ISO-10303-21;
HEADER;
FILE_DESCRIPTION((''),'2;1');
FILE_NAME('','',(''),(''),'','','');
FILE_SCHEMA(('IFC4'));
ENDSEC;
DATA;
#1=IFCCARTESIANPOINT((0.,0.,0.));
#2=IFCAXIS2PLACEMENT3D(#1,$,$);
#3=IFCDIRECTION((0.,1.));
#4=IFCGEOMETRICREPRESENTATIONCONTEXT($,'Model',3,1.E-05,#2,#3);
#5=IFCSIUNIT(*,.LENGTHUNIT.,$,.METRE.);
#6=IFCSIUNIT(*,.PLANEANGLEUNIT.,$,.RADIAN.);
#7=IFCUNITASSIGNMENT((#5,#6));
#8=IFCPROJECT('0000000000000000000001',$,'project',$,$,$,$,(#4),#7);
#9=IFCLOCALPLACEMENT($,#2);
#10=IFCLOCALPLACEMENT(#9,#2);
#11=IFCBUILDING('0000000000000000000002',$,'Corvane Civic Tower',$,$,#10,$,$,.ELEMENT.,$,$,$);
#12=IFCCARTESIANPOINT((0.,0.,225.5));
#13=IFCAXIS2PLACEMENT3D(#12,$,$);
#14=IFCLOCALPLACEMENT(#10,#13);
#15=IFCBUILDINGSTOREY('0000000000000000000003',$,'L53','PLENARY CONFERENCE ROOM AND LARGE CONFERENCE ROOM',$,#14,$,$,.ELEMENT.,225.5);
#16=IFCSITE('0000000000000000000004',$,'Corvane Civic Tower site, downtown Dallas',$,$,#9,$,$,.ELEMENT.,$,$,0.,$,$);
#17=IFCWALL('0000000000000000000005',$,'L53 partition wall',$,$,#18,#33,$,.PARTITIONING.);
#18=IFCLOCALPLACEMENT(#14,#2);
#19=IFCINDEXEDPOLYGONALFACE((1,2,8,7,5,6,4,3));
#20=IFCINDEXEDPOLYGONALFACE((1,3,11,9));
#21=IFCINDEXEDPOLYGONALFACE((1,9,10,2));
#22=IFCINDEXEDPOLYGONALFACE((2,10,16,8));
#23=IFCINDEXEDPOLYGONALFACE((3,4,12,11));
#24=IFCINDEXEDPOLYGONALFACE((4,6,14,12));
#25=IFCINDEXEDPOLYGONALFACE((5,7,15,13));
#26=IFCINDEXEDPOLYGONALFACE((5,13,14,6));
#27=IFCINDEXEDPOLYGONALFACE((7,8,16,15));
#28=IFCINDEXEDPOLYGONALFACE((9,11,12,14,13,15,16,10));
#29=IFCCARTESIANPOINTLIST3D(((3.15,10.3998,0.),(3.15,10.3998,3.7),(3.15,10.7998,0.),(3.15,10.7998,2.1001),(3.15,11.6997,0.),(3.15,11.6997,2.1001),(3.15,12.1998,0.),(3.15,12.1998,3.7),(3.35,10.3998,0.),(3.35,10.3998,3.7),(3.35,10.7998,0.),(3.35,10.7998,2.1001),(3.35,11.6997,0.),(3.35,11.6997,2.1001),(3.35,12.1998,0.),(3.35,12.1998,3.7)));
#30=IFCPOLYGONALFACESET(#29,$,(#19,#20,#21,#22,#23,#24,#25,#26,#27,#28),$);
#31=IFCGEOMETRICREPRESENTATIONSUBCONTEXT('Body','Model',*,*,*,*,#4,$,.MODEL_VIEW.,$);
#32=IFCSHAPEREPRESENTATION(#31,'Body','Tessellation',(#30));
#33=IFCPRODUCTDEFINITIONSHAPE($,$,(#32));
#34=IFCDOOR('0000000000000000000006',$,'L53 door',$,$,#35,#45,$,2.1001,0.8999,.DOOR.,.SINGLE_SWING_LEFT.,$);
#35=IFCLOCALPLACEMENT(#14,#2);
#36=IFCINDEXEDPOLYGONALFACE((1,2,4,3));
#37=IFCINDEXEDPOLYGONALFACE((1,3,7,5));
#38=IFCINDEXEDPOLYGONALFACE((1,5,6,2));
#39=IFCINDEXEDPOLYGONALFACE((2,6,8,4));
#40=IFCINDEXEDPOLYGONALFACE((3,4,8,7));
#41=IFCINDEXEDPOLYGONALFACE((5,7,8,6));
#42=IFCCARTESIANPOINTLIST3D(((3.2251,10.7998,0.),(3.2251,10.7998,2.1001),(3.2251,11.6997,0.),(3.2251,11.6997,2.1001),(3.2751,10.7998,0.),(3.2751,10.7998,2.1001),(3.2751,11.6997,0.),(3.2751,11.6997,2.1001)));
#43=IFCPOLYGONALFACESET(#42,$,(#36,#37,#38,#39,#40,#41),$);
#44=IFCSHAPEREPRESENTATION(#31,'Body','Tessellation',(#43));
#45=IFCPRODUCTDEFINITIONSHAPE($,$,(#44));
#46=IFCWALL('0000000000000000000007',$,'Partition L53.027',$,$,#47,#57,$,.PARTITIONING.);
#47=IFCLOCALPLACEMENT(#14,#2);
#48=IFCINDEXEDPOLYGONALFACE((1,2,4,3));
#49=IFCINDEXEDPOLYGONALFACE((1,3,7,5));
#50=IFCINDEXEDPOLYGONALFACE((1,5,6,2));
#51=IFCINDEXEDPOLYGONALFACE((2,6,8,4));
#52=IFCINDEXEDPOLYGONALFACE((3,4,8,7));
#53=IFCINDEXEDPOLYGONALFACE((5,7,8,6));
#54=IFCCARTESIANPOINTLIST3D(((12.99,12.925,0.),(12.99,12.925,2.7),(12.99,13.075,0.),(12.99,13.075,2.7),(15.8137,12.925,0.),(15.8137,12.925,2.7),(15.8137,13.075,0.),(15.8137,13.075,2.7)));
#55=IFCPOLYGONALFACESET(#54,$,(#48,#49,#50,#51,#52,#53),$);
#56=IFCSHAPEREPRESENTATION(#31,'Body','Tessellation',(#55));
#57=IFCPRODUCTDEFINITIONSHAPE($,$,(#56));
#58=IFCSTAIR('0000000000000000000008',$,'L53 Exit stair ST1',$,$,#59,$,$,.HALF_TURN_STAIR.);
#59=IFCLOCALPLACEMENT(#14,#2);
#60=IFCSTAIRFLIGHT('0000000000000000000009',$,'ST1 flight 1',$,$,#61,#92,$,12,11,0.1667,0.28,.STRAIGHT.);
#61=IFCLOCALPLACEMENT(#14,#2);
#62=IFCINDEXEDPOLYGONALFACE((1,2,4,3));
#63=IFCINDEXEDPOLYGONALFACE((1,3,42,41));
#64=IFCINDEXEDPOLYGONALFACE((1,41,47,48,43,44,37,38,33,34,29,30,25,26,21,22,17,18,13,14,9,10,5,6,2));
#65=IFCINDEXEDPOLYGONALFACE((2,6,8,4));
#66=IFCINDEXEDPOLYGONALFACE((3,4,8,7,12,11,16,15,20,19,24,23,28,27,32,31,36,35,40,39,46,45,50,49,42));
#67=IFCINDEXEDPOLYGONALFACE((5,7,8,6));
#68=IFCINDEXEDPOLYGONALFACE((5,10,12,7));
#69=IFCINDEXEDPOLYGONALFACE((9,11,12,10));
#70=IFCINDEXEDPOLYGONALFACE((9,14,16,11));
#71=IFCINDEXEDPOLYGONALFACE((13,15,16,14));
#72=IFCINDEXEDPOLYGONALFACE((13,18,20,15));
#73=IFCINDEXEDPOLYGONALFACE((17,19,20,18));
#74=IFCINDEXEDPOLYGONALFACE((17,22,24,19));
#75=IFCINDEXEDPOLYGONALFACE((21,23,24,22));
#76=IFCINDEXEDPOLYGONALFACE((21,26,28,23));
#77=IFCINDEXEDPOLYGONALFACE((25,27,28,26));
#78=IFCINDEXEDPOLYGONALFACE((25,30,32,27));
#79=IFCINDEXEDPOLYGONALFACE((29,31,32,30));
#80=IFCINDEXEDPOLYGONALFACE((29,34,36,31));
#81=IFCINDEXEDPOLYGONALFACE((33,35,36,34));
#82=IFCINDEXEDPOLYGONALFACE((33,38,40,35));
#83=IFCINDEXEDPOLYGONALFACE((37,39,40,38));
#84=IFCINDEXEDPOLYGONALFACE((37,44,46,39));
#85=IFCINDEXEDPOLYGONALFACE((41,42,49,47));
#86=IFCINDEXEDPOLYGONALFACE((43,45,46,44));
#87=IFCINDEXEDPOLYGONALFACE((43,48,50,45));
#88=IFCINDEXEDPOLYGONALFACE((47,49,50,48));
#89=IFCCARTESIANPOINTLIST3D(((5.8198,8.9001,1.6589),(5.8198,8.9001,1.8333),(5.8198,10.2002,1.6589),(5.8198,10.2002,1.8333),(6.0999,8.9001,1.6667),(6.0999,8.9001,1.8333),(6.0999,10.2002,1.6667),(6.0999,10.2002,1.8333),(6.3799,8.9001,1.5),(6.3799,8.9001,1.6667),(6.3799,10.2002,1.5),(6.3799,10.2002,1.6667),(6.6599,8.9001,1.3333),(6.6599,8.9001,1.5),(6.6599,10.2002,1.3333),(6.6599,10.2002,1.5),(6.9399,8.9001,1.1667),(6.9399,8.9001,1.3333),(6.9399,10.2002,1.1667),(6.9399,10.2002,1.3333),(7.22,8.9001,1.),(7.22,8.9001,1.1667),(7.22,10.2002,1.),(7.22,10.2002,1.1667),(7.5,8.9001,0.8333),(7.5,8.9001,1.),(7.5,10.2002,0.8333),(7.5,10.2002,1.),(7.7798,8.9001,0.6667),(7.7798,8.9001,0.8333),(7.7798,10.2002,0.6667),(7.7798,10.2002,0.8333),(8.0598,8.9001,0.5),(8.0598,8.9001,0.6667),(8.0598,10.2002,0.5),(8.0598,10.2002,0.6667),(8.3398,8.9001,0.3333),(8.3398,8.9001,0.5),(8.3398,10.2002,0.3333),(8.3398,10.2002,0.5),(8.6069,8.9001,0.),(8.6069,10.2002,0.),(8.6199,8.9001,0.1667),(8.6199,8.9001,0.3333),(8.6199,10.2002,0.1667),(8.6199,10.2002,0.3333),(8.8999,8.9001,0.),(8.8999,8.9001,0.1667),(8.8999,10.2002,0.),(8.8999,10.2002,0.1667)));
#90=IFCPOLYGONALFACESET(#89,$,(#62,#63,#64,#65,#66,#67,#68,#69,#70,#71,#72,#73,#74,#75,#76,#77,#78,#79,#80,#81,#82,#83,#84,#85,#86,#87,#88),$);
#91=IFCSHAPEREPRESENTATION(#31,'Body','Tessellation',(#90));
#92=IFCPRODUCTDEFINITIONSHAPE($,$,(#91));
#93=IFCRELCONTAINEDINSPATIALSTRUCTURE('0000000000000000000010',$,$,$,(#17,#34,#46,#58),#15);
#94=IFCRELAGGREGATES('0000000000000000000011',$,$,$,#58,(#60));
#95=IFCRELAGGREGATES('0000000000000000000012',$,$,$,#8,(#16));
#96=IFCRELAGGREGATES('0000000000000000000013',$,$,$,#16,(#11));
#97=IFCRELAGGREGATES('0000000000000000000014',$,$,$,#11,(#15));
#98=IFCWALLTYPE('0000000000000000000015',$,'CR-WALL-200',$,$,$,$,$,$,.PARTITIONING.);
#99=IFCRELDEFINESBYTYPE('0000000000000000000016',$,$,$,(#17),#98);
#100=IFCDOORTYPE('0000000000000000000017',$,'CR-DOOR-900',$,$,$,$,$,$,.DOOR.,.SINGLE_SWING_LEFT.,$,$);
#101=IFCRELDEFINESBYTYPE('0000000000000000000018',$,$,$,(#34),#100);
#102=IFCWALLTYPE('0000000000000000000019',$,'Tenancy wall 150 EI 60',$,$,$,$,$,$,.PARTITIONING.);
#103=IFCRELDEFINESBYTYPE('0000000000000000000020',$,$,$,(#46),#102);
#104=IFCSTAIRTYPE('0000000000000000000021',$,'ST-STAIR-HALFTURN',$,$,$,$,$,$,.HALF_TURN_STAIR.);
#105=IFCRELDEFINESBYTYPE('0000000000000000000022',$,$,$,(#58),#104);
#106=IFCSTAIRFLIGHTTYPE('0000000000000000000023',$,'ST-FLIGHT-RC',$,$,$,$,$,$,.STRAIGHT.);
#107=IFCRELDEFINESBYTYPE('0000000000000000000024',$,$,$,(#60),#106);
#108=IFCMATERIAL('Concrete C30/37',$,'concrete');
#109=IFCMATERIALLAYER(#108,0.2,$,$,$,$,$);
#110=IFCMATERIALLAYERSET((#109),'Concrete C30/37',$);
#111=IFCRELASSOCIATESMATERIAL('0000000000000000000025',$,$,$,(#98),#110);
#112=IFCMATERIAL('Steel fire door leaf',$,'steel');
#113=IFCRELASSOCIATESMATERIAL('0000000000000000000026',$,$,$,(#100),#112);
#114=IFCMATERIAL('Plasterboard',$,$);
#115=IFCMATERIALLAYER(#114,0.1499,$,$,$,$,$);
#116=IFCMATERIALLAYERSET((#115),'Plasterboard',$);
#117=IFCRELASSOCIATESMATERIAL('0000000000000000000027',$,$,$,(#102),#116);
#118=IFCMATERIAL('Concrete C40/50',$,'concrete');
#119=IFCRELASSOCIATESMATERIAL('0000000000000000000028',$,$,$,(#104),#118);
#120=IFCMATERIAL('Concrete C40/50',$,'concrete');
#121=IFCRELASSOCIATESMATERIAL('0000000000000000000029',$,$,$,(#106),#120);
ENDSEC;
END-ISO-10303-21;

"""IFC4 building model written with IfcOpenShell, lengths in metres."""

from ifc_helpers import new_model, si_unit, direction, frame, frame_2d, origin, place, context, subcontext, project, spatial, polyline, rectangle, outline, extrude, material, layer, layer_set, type_object, element, fill, aggregate, save


model = new_model("IFC4")

# Units and contexts
model_context = context("Model", 3, precision=1e-05, world=origin(), true_north=direction((0.0, 1.0)))
body_context = subcontext(model_context, "Body", "Model", "MODEL_VIEW")
ifc_project = project(units=[si_unit("LENGTHUNIT", "METRE"), si_unit("PLANEANGLEUNIT", "RADIAN")], contexts=[model_context])

# Site, building, storey
site_placement = place(None, origin())
site = spatial("IfcSite", under=ifc_project, at=site_placement, Name="Corvane Civic Tower site, downtown Dallas", CompositionType="ELEMENT", RefElevation=0.0)
building_placement = place(site_placement, origin())
building = spatial("IfcBuilding", under=site, at=building_placement, Name="Corvane Civic Tower", CompositionType="ELEMENT")
storey_placement = place(building_placement, frame((0.0, 0.0, 225.5)))
storey = spatial("IfcBuildingStorey", under=building, at=storey_placement, Name="L53", Description="PLENARY CONFERENCE ROOM AND LARGE CONFERENCE ROOM", CompositionType="ELEMENT", Elevation=225.5)

# Wall, opening, door
ifc_material_1 = material(Name="Concrete C30/37", Category="concrete")
ifc_layer_1 = layer(ifc_material_1, 0.2)
ifc_layer_set_1 = layer_set([ifc_layer_1], Name="Concrete C30/37")
wall_type_1 = type_object("IfcWallType", Name="CR-WALL-200", PredefinedType="PARTITIONING", material=ifc_layer_set_1)
ifc_material_2 = material(Name="Steel fire door leaf", Category="steel")
door_type = type_object("IfcDoorType", Name="CR-DOOR-900", OperationType="SINGLE_SWING_LEFT", PredefinedType="DOOR", material=ifc_material_2)
wall_1_placement = place(storey_placement, frame((3.25, 10.3999, 0.0), z_axis=(0.0, 0.0, 1.0), x_axis=(0.0, 1.0, 0.0)))
wall_1 = element("IfcWall", 1, at=wall_1_placement, inside=storey, type_object=wall_type_1, Name="L53 partition wall", PredefinedType="PARTITIONING", context=body_context, shape_type="SweptSolid", body=[
    extrude(rectangle(XDim=1.8, YDim=0.2, at=frame_2d((0.8999, 0.0))), origin(), (0.0, 0.0, 1.0), 3.7),
])
opening_1_placement = place(wall_1_placement, frame((0.3999, 0.0, 0.0)))
opening_1 = element("IfcOpeningElement", 2, at=opening_1_placement, cuts=wall_1, PredefinedType="OPENING", context=body_context, shape_type="SweptSolid", body=[
    extrude(rectangle(XDim=0.8999, YDim=2.1001, at=frame_2d((0.45, 1.05))), frame((0.0, 0.1099, 0.0), z_axis=(0.0, -1.0, 0.0), x_axis=(1.0, 0.0, 0.0)), (0.0, 0.0, 1.0), 0.22),
])
door_1_placement = place(opening_1_placement, origin())
door_1 = element("IfcDoor", 3, at=door_1_placement, inside=storey, type_object=door_type, Name="L53 door", OperationType="SINGLE_SWING_LEFT", OverallHeight=2.1001, OverallWidth=0.8999, PredefinedType="DOOR", context=body_context, shape_type="SweptSolid", body=[
    extrude(rectangle(XDim=0.8999, YDim=2.1001, at=frame_2d((0.45, 1.05))), frame((0.0, 0.0249, 0.0), z_axis=(0.0, -1.0, 0.0), x_axis=(1.0, 0.0, 0.0)), (0.0, 0.0, 1.0), 0.05),
])
fill(opening_1, door_1)

# Wall
ifc_material_3 = material(Name="Plasterboard")
ifc_layer_2 = layer(ifc_material_3, 0.1499)
ifc_layer_set_2 = layer_set([ifc_layer_2], Name="Plasterboard")
wall_type_2 = type_object("IfcWallType", Name="Tenancy wall 150 EI 60", PredefinedType="PARTITIONING", material=ifc_layer_set_2)
wall_2_placement = place(storey_placement, frame((12.99, 13.0, 0.0), z_axis=(0.0, 0.0, 1.0), x_axis=(1.0, 0.0, 0.0)))
element("IfcWall", 4, at=wall_2_placement, inside=storey, type_object=wall_type_2, Name="Partition L53.027", PredefinedType="PARTITIONING", context=body_context, shape_type="SweptSolid", body=[
    extrude(rectangle(XDim=2.8237, YDim=0.1499, at=frame_2d((1.4119, 0.0))), origin(), (0.0, 0.0, 1.0), 2.7),
])

# Stair, stair flight
ifc_material_4 = material(Name="Concrete C40/50", Category="concrete")
stair_type = type_object("IfcStairType", Name="ST-STAIR-HALFTURN", PredefinedType="HALF_TURN_STAIR", material=ifc_material_4)
stair_placement = place(storey_placement, origin())
stair = element("IfcStair", 5, at=stair_placement, inside=storey, type_object=stair_type, Name="L53 Exit stair ST1", PredefinedType="HALF_TURN_STAIR")
ifc_material_5 = material(Name="Concrete C40/50", Category="concrete")
stair_flight_type = type_object("IfcStairFlightType", Name="ST-FLIGHT-RC", PredefinedType="STRAIGHT", material=ifc_material_5)
stair_flight_placement = place(storey_placement, frame((8.8999, 9.55, 0.0), z_axis=(0.0, 0.0, 1.0), x_axis=(-1.0, 0.0, 0.0)))
stair_flight = element("IfcStairFlight", 6, at=stair_flight_placement, type_object=stair_flight_type, Name="ST1 flight 1", NumberOfRisers=12, NumberOfTreads=11, PredefinedType="STRAIGHT", RiserHeight=0.1667, TreadLength=0.28, context=body_context, shape_type="SweptSolid", body=[
    extrude(outline(polyline([(0.0, 0.0), (0.0, 0.1667), (0.28, 0.1667), (0.28, 0.3333), (0.5601, 0.3333), (0.5601, 0.5), (0.8401, 0.5), (0.8401, 0.6667), (1.1201, 0.6667), (1.1201, 0.8333), (1.3999, 0.8333), (1.3999, 1.0), (1.6799, 1.0), (1.6799, 1.1667), (1.96, 1.1667), (1.96, 1.3333), (2.24, 1.3333), (2.24, 1.5), (2.52, 1.5), (2.52, 1.6667), (2.8, 1.6667), (2.8, 1.8333), (3.0801, 1.8333), (3.0801, 2.0), (3.0801, 1.6589), (0.293, 0.0), (0.0, 0.0)])), frame((0.0, 0.6499, 0.0), z_axis=(0.0, -1.0, 0.0), x_axis=(1.0, 0.0, 0.0)), (0.0, 0.0, 1.0), 1.3),
])
aggregate(stair, [stair_flight])

save(model, "model.ifc")
